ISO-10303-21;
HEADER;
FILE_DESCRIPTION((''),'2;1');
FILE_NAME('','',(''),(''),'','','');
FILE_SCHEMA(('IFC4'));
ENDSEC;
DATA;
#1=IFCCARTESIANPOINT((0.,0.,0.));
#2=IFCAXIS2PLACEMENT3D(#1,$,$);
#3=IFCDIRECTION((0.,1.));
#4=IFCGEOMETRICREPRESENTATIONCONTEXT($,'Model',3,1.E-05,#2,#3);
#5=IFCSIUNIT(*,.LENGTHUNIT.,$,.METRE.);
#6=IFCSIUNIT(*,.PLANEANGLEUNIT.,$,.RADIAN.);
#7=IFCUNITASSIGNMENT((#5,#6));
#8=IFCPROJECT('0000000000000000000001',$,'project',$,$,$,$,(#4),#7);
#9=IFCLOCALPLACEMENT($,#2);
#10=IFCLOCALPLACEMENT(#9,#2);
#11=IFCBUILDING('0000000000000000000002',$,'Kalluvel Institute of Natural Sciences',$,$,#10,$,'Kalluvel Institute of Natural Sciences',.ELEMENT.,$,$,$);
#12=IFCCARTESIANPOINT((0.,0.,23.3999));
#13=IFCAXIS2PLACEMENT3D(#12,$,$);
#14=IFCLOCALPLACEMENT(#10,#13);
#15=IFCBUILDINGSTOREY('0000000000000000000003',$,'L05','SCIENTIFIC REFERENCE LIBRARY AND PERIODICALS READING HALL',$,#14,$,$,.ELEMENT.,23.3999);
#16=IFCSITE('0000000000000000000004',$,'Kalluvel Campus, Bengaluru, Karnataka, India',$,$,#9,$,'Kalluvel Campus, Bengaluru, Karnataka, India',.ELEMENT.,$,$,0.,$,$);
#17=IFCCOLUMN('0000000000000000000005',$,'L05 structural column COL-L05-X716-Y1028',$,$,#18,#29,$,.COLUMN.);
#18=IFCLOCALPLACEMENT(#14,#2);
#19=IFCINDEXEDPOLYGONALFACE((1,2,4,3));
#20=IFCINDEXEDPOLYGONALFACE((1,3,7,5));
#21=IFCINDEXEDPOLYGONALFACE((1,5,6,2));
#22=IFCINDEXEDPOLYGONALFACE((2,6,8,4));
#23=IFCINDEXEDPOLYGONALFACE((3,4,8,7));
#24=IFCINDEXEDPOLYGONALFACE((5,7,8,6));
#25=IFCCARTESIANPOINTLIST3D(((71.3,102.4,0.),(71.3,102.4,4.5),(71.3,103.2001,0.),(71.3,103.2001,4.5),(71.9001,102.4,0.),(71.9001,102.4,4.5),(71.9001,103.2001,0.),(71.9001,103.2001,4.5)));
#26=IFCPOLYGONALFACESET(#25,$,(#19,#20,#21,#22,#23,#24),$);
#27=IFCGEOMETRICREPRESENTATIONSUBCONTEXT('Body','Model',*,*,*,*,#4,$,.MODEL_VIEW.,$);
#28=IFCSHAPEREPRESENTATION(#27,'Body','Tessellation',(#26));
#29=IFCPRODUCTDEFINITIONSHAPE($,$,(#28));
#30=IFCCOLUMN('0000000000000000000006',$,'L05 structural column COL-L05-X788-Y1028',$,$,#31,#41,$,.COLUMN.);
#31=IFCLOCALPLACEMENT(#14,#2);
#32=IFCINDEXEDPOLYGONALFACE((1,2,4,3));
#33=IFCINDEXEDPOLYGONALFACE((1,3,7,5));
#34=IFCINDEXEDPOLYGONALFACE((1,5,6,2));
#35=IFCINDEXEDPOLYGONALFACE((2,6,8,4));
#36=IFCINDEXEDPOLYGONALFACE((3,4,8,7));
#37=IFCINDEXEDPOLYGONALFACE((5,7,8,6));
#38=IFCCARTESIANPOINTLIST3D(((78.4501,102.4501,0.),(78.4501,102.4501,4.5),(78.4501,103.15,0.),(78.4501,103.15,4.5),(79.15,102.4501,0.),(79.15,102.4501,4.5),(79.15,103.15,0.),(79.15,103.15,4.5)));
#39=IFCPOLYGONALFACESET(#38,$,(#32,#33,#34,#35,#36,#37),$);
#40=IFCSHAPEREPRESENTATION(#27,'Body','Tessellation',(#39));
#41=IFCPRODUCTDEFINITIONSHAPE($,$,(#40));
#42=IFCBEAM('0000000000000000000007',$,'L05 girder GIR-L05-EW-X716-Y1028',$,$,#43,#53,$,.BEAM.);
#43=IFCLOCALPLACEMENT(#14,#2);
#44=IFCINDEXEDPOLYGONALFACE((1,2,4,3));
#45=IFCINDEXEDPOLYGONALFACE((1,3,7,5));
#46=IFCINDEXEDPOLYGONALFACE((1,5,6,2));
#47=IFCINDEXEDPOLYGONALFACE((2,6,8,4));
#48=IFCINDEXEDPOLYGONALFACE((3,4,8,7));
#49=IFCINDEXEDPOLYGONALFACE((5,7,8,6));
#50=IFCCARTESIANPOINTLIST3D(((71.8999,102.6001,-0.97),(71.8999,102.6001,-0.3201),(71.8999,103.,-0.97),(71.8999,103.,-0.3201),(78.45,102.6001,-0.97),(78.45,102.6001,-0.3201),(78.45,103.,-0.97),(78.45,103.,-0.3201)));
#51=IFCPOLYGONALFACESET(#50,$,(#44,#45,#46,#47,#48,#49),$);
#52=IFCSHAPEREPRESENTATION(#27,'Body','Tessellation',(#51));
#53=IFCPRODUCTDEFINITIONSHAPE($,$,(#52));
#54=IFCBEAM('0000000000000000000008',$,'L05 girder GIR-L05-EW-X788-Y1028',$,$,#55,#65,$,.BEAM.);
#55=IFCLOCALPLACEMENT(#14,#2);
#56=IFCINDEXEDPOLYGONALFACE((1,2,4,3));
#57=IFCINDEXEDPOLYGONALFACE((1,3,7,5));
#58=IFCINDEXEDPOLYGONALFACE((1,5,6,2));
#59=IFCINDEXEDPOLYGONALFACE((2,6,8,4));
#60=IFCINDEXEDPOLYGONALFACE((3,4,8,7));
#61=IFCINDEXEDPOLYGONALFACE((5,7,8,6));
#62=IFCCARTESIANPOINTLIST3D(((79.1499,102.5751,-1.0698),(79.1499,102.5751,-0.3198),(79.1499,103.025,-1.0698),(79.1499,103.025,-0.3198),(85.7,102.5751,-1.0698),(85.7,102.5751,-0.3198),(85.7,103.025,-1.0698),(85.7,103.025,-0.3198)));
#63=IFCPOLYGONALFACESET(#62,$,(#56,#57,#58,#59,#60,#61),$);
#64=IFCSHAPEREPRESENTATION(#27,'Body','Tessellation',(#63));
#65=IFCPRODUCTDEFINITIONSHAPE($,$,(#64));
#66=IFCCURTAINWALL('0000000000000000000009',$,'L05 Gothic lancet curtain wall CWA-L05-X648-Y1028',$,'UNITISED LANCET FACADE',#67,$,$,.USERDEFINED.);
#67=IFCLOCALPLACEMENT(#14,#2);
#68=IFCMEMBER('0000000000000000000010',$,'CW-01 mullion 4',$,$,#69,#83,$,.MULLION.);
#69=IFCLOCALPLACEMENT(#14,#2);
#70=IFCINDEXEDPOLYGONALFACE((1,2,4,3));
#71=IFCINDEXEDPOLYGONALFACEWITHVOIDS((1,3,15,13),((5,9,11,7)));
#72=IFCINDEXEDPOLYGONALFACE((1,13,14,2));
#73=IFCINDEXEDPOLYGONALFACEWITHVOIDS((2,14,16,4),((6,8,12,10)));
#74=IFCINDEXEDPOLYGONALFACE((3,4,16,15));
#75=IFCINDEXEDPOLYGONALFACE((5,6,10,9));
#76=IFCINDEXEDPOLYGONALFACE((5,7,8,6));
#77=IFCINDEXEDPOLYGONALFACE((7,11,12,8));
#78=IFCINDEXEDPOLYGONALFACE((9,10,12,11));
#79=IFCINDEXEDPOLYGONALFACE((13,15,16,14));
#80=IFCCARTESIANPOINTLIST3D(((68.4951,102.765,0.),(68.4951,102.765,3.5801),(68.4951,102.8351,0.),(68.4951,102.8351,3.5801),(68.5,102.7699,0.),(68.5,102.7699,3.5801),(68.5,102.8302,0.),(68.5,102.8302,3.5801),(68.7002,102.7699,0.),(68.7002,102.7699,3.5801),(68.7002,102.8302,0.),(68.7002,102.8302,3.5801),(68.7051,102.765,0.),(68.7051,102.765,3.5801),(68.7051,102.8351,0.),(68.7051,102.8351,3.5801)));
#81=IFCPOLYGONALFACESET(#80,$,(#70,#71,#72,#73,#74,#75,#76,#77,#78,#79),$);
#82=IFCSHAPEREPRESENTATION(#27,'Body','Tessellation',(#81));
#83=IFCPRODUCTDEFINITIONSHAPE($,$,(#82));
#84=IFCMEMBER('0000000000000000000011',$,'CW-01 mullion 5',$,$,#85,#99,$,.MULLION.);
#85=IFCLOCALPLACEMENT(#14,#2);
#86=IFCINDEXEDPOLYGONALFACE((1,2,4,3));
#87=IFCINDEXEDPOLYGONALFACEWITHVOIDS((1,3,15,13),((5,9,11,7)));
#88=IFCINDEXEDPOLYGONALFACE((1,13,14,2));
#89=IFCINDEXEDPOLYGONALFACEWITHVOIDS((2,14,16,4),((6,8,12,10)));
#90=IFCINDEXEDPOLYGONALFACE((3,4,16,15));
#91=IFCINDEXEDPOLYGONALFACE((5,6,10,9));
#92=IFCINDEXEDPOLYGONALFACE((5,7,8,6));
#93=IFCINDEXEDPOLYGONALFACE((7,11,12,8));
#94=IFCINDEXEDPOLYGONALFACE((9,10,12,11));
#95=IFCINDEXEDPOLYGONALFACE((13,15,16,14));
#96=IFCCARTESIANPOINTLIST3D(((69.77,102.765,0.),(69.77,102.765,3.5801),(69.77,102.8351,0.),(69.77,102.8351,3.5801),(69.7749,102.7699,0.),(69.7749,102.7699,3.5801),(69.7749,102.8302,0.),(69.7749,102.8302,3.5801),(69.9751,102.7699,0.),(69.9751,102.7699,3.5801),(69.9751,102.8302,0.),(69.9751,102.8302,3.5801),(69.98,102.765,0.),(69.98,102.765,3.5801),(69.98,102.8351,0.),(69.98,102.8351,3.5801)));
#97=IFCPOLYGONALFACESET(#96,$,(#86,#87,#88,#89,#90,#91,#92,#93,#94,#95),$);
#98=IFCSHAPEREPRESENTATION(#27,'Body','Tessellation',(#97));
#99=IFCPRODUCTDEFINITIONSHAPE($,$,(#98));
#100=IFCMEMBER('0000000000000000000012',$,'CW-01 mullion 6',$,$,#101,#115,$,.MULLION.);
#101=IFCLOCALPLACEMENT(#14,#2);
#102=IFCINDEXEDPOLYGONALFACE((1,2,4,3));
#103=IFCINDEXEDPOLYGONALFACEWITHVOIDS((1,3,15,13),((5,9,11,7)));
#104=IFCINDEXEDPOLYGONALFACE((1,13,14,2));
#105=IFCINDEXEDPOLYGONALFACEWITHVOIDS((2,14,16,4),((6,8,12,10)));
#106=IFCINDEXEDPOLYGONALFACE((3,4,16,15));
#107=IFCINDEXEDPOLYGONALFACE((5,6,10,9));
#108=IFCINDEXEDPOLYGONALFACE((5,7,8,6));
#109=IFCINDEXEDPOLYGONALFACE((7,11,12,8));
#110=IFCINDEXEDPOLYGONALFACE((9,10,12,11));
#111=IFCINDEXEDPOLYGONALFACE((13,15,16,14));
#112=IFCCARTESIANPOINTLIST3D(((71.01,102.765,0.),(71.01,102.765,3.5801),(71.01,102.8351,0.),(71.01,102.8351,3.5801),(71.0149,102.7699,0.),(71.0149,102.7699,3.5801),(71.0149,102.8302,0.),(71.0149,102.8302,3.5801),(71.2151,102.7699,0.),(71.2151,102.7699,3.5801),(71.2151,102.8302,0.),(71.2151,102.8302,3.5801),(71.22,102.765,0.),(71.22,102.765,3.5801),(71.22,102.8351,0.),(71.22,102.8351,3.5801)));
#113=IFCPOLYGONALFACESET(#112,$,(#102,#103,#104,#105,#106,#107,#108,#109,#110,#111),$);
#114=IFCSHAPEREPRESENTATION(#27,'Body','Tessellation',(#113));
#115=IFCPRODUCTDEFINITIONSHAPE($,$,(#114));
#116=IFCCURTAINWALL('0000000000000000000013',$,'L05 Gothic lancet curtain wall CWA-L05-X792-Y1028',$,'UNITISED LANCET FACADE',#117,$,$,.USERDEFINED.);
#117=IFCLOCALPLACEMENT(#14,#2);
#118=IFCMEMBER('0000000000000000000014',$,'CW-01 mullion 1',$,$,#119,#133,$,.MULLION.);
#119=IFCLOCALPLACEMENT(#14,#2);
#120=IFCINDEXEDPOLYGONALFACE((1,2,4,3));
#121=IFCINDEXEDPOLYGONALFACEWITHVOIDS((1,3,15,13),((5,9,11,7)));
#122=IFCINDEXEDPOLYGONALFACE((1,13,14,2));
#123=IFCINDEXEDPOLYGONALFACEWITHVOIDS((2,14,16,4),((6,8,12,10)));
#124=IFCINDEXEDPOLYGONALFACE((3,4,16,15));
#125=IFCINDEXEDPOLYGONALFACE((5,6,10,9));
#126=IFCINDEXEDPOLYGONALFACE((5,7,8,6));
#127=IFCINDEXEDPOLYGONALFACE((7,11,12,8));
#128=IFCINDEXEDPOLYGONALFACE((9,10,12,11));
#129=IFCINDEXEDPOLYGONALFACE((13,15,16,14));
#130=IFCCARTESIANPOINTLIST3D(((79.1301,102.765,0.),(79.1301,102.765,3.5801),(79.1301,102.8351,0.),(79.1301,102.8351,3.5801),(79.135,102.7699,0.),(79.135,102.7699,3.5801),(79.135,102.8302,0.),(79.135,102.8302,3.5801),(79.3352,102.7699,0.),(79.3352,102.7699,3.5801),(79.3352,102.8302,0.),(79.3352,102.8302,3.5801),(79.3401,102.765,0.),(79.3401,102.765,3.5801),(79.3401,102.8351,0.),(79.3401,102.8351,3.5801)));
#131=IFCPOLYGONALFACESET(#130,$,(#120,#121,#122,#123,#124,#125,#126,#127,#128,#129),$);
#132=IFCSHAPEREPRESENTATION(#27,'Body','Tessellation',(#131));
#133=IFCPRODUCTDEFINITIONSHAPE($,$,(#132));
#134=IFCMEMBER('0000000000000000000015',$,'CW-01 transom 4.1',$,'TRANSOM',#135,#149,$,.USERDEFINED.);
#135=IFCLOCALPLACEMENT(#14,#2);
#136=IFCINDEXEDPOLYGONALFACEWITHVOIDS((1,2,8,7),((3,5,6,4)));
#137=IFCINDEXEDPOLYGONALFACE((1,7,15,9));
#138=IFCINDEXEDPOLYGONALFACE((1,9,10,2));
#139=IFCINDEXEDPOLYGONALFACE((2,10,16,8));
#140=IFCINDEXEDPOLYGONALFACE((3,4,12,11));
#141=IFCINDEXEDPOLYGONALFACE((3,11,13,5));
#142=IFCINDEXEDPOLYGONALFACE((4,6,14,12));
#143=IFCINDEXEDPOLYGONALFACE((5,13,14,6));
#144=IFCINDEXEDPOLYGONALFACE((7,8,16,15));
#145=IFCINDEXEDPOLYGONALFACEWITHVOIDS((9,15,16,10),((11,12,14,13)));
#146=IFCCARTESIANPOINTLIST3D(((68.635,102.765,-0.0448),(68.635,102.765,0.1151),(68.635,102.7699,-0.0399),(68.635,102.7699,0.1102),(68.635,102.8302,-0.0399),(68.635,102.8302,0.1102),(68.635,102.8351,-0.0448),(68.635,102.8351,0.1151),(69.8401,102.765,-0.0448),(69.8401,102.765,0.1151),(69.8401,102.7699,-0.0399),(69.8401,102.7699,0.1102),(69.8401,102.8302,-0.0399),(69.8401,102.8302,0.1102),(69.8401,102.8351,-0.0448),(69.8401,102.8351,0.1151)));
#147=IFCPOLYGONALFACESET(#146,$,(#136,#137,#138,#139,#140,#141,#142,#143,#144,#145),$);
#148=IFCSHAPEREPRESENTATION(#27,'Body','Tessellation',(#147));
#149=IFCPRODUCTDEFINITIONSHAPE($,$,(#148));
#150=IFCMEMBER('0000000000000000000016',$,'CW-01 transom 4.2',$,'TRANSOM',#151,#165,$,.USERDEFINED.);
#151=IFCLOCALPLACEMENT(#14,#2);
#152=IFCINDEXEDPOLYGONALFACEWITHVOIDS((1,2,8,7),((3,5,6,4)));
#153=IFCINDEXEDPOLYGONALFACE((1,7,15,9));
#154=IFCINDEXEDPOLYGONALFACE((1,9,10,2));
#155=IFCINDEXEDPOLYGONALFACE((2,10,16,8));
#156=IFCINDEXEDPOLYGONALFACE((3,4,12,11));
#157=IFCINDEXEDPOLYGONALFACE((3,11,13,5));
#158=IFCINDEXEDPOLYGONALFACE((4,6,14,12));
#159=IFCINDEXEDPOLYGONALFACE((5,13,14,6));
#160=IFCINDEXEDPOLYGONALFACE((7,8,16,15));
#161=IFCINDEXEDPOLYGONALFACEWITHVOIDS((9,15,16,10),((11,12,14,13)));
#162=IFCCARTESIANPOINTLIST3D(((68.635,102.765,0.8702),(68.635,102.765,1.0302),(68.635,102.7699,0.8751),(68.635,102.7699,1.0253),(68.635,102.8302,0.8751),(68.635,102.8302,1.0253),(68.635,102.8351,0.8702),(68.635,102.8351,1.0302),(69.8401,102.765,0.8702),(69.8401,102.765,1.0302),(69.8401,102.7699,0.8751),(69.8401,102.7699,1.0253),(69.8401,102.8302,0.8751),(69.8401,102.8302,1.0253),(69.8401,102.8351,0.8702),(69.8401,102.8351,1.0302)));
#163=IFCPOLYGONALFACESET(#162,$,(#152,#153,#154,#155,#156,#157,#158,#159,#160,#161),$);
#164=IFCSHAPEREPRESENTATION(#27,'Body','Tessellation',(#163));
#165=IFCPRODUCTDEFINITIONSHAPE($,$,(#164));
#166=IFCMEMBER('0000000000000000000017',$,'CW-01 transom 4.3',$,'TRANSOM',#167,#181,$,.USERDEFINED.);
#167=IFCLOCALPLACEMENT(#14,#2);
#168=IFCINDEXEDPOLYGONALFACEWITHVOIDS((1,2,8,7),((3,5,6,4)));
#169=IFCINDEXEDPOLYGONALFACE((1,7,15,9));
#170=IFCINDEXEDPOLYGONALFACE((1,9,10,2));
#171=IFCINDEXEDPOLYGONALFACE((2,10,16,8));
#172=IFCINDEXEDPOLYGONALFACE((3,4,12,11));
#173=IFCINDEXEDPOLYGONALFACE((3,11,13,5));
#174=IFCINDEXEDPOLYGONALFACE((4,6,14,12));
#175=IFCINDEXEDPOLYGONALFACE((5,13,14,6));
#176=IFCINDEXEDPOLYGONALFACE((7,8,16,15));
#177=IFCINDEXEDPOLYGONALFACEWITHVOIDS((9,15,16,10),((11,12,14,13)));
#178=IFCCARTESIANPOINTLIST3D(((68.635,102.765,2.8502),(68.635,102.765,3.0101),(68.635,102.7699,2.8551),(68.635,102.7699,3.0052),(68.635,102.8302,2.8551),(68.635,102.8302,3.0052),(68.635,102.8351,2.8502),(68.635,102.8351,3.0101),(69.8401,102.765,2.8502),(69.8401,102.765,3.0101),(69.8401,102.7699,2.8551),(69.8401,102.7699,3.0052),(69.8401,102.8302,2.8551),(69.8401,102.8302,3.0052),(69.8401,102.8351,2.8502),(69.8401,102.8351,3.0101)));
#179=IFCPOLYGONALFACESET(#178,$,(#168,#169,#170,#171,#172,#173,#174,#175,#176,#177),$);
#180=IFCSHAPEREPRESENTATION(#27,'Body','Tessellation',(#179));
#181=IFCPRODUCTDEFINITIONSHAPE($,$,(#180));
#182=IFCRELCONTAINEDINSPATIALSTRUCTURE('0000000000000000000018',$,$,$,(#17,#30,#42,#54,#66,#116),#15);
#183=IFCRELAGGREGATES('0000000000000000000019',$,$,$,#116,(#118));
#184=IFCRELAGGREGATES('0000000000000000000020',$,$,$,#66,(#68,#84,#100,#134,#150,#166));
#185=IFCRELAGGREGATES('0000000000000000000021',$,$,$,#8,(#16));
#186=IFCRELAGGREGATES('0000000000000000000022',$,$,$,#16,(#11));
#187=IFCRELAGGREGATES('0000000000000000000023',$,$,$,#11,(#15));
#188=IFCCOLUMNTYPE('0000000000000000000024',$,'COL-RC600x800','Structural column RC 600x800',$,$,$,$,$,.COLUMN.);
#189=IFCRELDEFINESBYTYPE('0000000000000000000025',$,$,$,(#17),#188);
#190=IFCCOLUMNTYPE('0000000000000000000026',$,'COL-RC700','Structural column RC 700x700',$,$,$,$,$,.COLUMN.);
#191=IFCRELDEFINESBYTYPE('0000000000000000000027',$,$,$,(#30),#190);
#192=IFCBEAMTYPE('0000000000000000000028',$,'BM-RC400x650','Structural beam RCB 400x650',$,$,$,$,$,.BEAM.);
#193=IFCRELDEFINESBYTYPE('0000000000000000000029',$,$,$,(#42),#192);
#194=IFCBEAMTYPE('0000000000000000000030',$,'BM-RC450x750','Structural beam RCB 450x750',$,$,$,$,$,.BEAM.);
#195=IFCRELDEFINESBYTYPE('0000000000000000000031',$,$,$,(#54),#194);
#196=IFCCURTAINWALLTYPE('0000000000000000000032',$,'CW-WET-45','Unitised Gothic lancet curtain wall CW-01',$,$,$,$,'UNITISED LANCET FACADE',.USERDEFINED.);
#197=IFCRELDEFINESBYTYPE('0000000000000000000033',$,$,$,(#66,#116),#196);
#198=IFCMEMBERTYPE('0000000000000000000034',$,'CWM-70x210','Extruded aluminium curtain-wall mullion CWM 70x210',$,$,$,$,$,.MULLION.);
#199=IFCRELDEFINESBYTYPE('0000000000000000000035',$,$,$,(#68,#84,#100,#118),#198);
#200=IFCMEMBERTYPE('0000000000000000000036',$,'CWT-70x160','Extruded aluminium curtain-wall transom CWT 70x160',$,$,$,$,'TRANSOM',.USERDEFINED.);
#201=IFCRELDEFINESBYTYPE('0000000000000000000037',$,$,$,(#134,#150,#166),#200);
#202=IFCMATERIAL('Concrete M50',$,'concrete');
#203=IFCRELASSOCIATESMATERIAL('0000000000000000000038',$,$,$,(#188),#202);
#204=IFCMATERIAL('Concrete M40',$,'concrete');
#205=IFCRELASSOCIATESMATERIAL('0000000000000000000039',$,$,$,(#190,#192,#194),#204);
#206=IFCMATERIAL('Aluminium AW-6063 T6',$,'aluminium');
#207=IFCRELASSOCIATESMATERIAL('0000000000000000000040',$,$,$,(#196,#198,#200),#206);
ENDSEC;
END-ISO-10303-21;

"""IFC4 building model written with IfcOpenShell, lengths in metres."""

from ifc_helpers import new_model, si_unit, direction, frame, origin, origin_2d, place, context, subcontext, project, spatial, rectangle, hollow_rectangle, extrude, material, material_profile, profile_set, type_object, element, aggregate, save


model = new_model("IFC4")

# Units and contexts
model_context = context("Model", 3, precision=1e-05, world=origin(), true_north=direction((0.0, 1.0)))
body_context = subcontext(model_context, "Body", "Model", "MODEL_VIEW")
ifc_project = project(units=[si_unit("LENGTHUNIT", "METRE"), si_unit("PLANEANGLEUNIT", "RADIAN")], contexts=[model_context])

# Site, building, storey
site_placement = place(None, origin())
site = spatial("IfcSite", under=ifc_project, at=site_placement, Name="Kalluvel Campus, Bengaluru, Karnataka, India", LongName="Kalluvel Campus, Bengaluru, Karnataka, India", CompositionType="ELEMENT", RefElevation=0.0)
building_placement = place(site_placement, origin())
building = spatial("IfcBuilding", under=site, at=building_placement, Name="Kalluvel Institute of Natural Sciences", LongName="Kalluvel Institute of Natural Sciences", CompositionType="ELEMENT")
storey_placement = place(building_placement, frame((0.0, 0.0, 23.3999)))
storey = spatial("IfcBuildingStorey", under=building, at=storey_placement, Name="L05", Description="SCIENTIFIC REFERENCE LIBRARY AND PERIODICALS READING HALL", CompositionType="ELEMENT", Elevation=23.3999)

# Columns
ifc_material_1 = material(Name="Concrete M50", Category="concrete")
ifc_material_profile_1 = material_profile(ifc_material_1, rectangle(XDim=0.6001, YDim=0.8, at=origin_2d()), Name="RC 600x800")
ifc_profile_set_1 = profile_set([ifc_material_profile_1], Name="Concrete M50")
column_type_1 = type_object("IfcColumnType", Name="COL-RC600x800", Description="Structural column RC 600x800", PredefinedType="COLUMN", material=ifc_profile_set_1)
column_1_placement = place(storey_placement, frame((71.6001, 102.8, 0.0), z_axis=(0.0, 0.0, 1.0), x_axis=(1.0, 0.0, 0.0)))
element("IfcColumn", 1, at=column_1_placement, inside=storey, type_object=column_type_1, Name="L05 structural column COL-L05-X716-Y1028", PredefinedType="COLUMN", context=body_context, shape_type="SweptSolid", body=[
    extrude(rectangle(XDim=0.6001, YDim=0.8, at=origin_2d()), origin(), (0.0, 0.0, 1.0), 4.5),
])
ifc_material_2 = material(Name="Concrete M40", Category="concrete")
ifc_material_profile_2 = material_profile(ifc_material_2, rectangle(XDim=0.7, YDim=0.7, at=origin_2d()), Name="RC 700x700")
ifc_profile_set_2 = profile_set([ifc_material_profile_2], Name="Concrete M40")
column_type_2 = type_object("IfcColumnType", Name="COL-RC700", Description="Structural column RC 700x700", PredefinedType="COLUMN", material=ifc_profile_set_2)
column_2_placement = place(storey_placement, frame((78.8, 102.8, 0.0), z_axis=(0.0, 0.0, 1.0), x_axis=(1.0, 0.0, 0.0)))
element("IfcColumn", 2, at=column_2_placement, inside=storey, type_object=column_type_2, Name="L05 structural column COL-L05-X788-Y1028", PredefinedType="COLUMN", context=body_context, shape_type="SweptSolid", body=[
    extrude(rectangle(XDim=0.7, YDim=0.7, at=origin_2d()), origin(), (0.0, 0.0, 1.0), 4.5),
])

# Beams
ifc_material_profile_3 = material_profile(ifc_material_2, rectangle(XDim=0.3999, YDim=0.6499, at=origin_2d()), Name="RCB 400x650")
ifc_profile_set_3 = profile_set([ifc_material_profile_3], Name="Concrete M40")
beam_type_1 = type_object("IfcBeamType", Name="BM-RC400x650", Description="Structural beam RCB 400x650", PredefinedType="BEAM", material=ifc_profile_set_3)
beam_1_placement = place(storey_placement, frame((71.8999, 102.8, -0.645), z_axis=(1.0, 0.0, 0.0), x_axis=(0.0, 1.0, 0.0)))
element("IfcBeam", 3, at=beam_1_placement, inside=storey, type_object=beam_type_1, Name="L05 girder GIR-L05-EW-X716-Y1028", PredefinedType="BEAM", context=body_context, shape_type="SweptSolid", body=[
    extrude(rectangle(XDim=0.3999, YDim=0.6499, at=origin_2d()), origin(), (0.0, 0.0, 1.0), 6.55),
])
ifc_material_profile_4 = material_profile(ifc_material_2, rectangle(XDim=0.45, YDim=0.75, at=origin_2d()), Name="RCB 450x750")
ifc_profile_set_4 = profile_set([ifc_material_profile_4], Name="Concrete M40")
beam_type_2 = type_object("IfcBeamType", Name="BM-RC450x750", Description="Structural beam RCB 450x750", PredefinedType="BEAM", material=ifc_profile_set_4)
beam_2_placement = place(storey_placement, frame((79.1499, 102.8, -0.6948), z_axis=(1.0, 0.0, 0.0), x_axis=(0.0, 1.0, 0.0)))
element("IfcBeam", 4, at=beam_2_placement, inside=storey, type_object=beam_type_2, Name="L05 girder GIR-L05-EW-X788-Y1028", PredefinedType="BEAM", context=body_context, shape_type="SweptSolid", body=[
    extrude(rectangle(XDim=0.45, YDim=0.75, at=origin_2d()), origin(), (0.0, 0.0, 1.0), 6.55),
])

# Curtain wall, members
ifc_material_3 = material(Name="Aluminium AW-6063 T6", Category="aluminium")
curtain_wall_type = type_object("IfcCurtainWallType", Name="CW-WET-45", Description="Unitised Gothic lancet curtain wall CW-01", ElementType="UNITISED LANCET FACADE", PredefinedType="USERDEFINED", material=ifc_material_3)
curtain_wall_1_placement = place(storey_placement, origin())
curtain_wall_1 = element("IfcCurtainWall", 5, at=curtain_wall_1_placement, inside=storey, type_object=curtain_wall_type, Name="L05 Gothic lancet curtain wall CWA-L05-X648-Y1028", ObjectType="UNITISED LANCET FACADE", PredefinedType="USERDEFINED")
ifc_material_profile_5 = material_profile(ifc_material_3, hollow_rectangle(XDim=0.0701, YDim=0.21, WallThickness=0.0049, at=origin_2d()), Name="CWM 70x210")
ifc_profile_set_5 = profile_set([ifc_material_profile_5], Name="Aluminium AW-6063 T6")
member_type_1 = type_object("IfcMemberType", Name="CWM-70x210", Description="Extruded aluminium curtain-wall mullion CWM 70x210", PredefinedType="MULLION", material=ifc_profile_set_5)
member_1_placement = place(storey_placement, frame((68.6001, 102.8, 0.0), z_axis=(0.0, 0.0, 1.0), x_axis=(0.0, 1.0, 0.0)))
member_1 = element("IfcMember", 6, at=member_1_placement, type_object=member_type_1, Name="CW-01 mullion 4", PredefinedType="MULLION", context=body_context, shape_type="SweptSolid", body=[
    extrude(hollow_rectangle(XDim=0.0701, YDim=0.21, WallThickness=0.0049, at=origin_2d()), origin(), (0.0, 0.0, 1.0), 3.5801),
])
member_2_placement = place(storey_placement, frame((69.875, 102.8, 0.0), z_axis=(0.0, 0.0, 1.0), x_axis=(0.0, 1.0, 0.0)))
member_2 = element("IfcMember", 7, at=member_2_placement, type_object=member_type_1, Name="CW-01 mullion 5", PredefinedType="MULLION", context=body_context, shape_type="SweptSolid", body=[
    extrude(hollow_rectangle(XDim=0.0701, YDim=0.21, WallThickness=0.0049, at=origin_2d()), origin(), (0.0, 0.0, 1.0), 3.5801),
])
member_3_placement = place(storey_placement, frame((71.115, 102.8, 0.0), z_axis=(0.0, 0.0, 1.0), x_axis=(0.0, 1.0, 0.0)))
member_3 = element("IfcMember", 8, at=member_3_placement, type_object=member_type_1, Name="CW-01 mullion 6", PredefinedType="MULLION", context=body_context, shape_type="SweptSolid", body=[
    extrude(hollow_rectangle(XDim=0.0701, YDim=0.21, WallThickness=0.0049, at=origin_2d()), origin(), (0.0, 0.0, 1.0), 3.5801),
])

# Curtain wall, member
curtain_wall_2_placement = place(storey_placement, origin())
curtain_wall_2 = element("IfcCurtainWall", 9, at=curtain_wall_2_placement, inside=storey, type_object=curtain_wall_type, Name="L05 Gothic lancet curtain wall CWA-L05-X792-Y1028", ObjectType="UNITISED LANCET FACADE", PredefinedType="USERDEFINED")
member_4_placement = place(storey_placement, frame((79.2351, 102.8, 0.0), z_axis=(0.0, 0.0, 1.0), x_axis=(0.0, 1.0, 0.0)))
member_4 = element("IfcMember", 10, at=member_4_placement, type_object=member_type_1, Name="CW-01 mullion 1", PredefinedType="MULLION", context=body_context, shape_type="SweptSolid", body=[
    extrude(hollow_rectangle(XDim=0.0701, YDim=0.21, WallThickness=0.0049, at=origin_2d()), origin(), (0.0, 0.0, 1.0), 3.5801),
])

# Members
ifc_material_profile_6 = material_profile(ifc_material_3, hollow_rectangle(XDim=0.0701, YDim=0.1599, WallThickness=0.0049, at=origin_2d()), Name="CWT 70x160")
ifc_profile_set_6 = profile_set([ifc_material_profile_6], Name="Aluminium AW-6063 T6")
member_type_2 = type_object("IfcMemberType", Name="CWT-70x160", Description="Extruded aluminium curtain-wall transom CWT 70x160", ElementType="TRANSOM", PredefinedType="USERDEFINED", material=ifc_profile_set_6)
member_5_placement = place(storey_placement, frame((68.635, 102.8, 0.0352), z_axis=(1.0, 0.0, 0.0), x_axis=(0.0, 1.0, 0.0)))
member_5 = element("IfcMember", 11, at=member_5_placement, type_object=member_type_2, Name="CW-01 transom 4.1", ObjectType="TRANSOM", PredefinedType="USERDEFINED", context=body_context, shape_type="SweptSolid", body=[
    extrude(hollow_rectangle(XDim=0.0701, YDim=0.1599, WallThickness=0.0049, at=origin_2d()), origin(), (0.0, 0.0, 1.0), 1.2051),
])
member_6_placement = place(storey_placement, frame((68.635, 102.8, 0.9502), z_axis=(1.0, 0.0, 0.0), x_axis=(0.0, 1.0, 0.0)))
member_6 = element("IfcMember", 12, at=member_6_placement, type_object=member_type_2, Name="CW-01 transom 4.2", ObjectType="TRANSOM", PredefinedType="USERDEFINED", context=body_context, shape_type="SweptSolid", body=[
    extrude(hollow_rectangle(XDim=0.0701, YDim=0.1599, WallThickness=0.0049, at=origin_2d()), origin(), (0.0, 0.0, 1.0), 1.2051),
])
member_7_placement = place(storey_placement, frame((68.635, 102.8, 2.9302), z_axis=(1.0, 0.0, 0.0), x_axis=(0.0, 1.0, 0.0)))
member_7 = element("IfcMember", 13, at=member_7_placement, type_object=member_type_2, Name="CW-01 transom 4.3", ObjectType="TRANSOM", PredefinedType="USERDEFINED", context=body_context, shape_type="SweptSolid", body=[
    extrude(hollow_rectangle(XDim=0.0701, YDim=0.1599, WallThickness=0.0049, at=origin_2d()), origin(), (0.0, 0.0, 1.0), 1.2051),
])
aggregate(curtain_wall_2, [member_4])

aggregate(curtain_wall_1, [member_1, member_2, member_3, member_5, member_6, member_7])

save(model, "model.ifc")
